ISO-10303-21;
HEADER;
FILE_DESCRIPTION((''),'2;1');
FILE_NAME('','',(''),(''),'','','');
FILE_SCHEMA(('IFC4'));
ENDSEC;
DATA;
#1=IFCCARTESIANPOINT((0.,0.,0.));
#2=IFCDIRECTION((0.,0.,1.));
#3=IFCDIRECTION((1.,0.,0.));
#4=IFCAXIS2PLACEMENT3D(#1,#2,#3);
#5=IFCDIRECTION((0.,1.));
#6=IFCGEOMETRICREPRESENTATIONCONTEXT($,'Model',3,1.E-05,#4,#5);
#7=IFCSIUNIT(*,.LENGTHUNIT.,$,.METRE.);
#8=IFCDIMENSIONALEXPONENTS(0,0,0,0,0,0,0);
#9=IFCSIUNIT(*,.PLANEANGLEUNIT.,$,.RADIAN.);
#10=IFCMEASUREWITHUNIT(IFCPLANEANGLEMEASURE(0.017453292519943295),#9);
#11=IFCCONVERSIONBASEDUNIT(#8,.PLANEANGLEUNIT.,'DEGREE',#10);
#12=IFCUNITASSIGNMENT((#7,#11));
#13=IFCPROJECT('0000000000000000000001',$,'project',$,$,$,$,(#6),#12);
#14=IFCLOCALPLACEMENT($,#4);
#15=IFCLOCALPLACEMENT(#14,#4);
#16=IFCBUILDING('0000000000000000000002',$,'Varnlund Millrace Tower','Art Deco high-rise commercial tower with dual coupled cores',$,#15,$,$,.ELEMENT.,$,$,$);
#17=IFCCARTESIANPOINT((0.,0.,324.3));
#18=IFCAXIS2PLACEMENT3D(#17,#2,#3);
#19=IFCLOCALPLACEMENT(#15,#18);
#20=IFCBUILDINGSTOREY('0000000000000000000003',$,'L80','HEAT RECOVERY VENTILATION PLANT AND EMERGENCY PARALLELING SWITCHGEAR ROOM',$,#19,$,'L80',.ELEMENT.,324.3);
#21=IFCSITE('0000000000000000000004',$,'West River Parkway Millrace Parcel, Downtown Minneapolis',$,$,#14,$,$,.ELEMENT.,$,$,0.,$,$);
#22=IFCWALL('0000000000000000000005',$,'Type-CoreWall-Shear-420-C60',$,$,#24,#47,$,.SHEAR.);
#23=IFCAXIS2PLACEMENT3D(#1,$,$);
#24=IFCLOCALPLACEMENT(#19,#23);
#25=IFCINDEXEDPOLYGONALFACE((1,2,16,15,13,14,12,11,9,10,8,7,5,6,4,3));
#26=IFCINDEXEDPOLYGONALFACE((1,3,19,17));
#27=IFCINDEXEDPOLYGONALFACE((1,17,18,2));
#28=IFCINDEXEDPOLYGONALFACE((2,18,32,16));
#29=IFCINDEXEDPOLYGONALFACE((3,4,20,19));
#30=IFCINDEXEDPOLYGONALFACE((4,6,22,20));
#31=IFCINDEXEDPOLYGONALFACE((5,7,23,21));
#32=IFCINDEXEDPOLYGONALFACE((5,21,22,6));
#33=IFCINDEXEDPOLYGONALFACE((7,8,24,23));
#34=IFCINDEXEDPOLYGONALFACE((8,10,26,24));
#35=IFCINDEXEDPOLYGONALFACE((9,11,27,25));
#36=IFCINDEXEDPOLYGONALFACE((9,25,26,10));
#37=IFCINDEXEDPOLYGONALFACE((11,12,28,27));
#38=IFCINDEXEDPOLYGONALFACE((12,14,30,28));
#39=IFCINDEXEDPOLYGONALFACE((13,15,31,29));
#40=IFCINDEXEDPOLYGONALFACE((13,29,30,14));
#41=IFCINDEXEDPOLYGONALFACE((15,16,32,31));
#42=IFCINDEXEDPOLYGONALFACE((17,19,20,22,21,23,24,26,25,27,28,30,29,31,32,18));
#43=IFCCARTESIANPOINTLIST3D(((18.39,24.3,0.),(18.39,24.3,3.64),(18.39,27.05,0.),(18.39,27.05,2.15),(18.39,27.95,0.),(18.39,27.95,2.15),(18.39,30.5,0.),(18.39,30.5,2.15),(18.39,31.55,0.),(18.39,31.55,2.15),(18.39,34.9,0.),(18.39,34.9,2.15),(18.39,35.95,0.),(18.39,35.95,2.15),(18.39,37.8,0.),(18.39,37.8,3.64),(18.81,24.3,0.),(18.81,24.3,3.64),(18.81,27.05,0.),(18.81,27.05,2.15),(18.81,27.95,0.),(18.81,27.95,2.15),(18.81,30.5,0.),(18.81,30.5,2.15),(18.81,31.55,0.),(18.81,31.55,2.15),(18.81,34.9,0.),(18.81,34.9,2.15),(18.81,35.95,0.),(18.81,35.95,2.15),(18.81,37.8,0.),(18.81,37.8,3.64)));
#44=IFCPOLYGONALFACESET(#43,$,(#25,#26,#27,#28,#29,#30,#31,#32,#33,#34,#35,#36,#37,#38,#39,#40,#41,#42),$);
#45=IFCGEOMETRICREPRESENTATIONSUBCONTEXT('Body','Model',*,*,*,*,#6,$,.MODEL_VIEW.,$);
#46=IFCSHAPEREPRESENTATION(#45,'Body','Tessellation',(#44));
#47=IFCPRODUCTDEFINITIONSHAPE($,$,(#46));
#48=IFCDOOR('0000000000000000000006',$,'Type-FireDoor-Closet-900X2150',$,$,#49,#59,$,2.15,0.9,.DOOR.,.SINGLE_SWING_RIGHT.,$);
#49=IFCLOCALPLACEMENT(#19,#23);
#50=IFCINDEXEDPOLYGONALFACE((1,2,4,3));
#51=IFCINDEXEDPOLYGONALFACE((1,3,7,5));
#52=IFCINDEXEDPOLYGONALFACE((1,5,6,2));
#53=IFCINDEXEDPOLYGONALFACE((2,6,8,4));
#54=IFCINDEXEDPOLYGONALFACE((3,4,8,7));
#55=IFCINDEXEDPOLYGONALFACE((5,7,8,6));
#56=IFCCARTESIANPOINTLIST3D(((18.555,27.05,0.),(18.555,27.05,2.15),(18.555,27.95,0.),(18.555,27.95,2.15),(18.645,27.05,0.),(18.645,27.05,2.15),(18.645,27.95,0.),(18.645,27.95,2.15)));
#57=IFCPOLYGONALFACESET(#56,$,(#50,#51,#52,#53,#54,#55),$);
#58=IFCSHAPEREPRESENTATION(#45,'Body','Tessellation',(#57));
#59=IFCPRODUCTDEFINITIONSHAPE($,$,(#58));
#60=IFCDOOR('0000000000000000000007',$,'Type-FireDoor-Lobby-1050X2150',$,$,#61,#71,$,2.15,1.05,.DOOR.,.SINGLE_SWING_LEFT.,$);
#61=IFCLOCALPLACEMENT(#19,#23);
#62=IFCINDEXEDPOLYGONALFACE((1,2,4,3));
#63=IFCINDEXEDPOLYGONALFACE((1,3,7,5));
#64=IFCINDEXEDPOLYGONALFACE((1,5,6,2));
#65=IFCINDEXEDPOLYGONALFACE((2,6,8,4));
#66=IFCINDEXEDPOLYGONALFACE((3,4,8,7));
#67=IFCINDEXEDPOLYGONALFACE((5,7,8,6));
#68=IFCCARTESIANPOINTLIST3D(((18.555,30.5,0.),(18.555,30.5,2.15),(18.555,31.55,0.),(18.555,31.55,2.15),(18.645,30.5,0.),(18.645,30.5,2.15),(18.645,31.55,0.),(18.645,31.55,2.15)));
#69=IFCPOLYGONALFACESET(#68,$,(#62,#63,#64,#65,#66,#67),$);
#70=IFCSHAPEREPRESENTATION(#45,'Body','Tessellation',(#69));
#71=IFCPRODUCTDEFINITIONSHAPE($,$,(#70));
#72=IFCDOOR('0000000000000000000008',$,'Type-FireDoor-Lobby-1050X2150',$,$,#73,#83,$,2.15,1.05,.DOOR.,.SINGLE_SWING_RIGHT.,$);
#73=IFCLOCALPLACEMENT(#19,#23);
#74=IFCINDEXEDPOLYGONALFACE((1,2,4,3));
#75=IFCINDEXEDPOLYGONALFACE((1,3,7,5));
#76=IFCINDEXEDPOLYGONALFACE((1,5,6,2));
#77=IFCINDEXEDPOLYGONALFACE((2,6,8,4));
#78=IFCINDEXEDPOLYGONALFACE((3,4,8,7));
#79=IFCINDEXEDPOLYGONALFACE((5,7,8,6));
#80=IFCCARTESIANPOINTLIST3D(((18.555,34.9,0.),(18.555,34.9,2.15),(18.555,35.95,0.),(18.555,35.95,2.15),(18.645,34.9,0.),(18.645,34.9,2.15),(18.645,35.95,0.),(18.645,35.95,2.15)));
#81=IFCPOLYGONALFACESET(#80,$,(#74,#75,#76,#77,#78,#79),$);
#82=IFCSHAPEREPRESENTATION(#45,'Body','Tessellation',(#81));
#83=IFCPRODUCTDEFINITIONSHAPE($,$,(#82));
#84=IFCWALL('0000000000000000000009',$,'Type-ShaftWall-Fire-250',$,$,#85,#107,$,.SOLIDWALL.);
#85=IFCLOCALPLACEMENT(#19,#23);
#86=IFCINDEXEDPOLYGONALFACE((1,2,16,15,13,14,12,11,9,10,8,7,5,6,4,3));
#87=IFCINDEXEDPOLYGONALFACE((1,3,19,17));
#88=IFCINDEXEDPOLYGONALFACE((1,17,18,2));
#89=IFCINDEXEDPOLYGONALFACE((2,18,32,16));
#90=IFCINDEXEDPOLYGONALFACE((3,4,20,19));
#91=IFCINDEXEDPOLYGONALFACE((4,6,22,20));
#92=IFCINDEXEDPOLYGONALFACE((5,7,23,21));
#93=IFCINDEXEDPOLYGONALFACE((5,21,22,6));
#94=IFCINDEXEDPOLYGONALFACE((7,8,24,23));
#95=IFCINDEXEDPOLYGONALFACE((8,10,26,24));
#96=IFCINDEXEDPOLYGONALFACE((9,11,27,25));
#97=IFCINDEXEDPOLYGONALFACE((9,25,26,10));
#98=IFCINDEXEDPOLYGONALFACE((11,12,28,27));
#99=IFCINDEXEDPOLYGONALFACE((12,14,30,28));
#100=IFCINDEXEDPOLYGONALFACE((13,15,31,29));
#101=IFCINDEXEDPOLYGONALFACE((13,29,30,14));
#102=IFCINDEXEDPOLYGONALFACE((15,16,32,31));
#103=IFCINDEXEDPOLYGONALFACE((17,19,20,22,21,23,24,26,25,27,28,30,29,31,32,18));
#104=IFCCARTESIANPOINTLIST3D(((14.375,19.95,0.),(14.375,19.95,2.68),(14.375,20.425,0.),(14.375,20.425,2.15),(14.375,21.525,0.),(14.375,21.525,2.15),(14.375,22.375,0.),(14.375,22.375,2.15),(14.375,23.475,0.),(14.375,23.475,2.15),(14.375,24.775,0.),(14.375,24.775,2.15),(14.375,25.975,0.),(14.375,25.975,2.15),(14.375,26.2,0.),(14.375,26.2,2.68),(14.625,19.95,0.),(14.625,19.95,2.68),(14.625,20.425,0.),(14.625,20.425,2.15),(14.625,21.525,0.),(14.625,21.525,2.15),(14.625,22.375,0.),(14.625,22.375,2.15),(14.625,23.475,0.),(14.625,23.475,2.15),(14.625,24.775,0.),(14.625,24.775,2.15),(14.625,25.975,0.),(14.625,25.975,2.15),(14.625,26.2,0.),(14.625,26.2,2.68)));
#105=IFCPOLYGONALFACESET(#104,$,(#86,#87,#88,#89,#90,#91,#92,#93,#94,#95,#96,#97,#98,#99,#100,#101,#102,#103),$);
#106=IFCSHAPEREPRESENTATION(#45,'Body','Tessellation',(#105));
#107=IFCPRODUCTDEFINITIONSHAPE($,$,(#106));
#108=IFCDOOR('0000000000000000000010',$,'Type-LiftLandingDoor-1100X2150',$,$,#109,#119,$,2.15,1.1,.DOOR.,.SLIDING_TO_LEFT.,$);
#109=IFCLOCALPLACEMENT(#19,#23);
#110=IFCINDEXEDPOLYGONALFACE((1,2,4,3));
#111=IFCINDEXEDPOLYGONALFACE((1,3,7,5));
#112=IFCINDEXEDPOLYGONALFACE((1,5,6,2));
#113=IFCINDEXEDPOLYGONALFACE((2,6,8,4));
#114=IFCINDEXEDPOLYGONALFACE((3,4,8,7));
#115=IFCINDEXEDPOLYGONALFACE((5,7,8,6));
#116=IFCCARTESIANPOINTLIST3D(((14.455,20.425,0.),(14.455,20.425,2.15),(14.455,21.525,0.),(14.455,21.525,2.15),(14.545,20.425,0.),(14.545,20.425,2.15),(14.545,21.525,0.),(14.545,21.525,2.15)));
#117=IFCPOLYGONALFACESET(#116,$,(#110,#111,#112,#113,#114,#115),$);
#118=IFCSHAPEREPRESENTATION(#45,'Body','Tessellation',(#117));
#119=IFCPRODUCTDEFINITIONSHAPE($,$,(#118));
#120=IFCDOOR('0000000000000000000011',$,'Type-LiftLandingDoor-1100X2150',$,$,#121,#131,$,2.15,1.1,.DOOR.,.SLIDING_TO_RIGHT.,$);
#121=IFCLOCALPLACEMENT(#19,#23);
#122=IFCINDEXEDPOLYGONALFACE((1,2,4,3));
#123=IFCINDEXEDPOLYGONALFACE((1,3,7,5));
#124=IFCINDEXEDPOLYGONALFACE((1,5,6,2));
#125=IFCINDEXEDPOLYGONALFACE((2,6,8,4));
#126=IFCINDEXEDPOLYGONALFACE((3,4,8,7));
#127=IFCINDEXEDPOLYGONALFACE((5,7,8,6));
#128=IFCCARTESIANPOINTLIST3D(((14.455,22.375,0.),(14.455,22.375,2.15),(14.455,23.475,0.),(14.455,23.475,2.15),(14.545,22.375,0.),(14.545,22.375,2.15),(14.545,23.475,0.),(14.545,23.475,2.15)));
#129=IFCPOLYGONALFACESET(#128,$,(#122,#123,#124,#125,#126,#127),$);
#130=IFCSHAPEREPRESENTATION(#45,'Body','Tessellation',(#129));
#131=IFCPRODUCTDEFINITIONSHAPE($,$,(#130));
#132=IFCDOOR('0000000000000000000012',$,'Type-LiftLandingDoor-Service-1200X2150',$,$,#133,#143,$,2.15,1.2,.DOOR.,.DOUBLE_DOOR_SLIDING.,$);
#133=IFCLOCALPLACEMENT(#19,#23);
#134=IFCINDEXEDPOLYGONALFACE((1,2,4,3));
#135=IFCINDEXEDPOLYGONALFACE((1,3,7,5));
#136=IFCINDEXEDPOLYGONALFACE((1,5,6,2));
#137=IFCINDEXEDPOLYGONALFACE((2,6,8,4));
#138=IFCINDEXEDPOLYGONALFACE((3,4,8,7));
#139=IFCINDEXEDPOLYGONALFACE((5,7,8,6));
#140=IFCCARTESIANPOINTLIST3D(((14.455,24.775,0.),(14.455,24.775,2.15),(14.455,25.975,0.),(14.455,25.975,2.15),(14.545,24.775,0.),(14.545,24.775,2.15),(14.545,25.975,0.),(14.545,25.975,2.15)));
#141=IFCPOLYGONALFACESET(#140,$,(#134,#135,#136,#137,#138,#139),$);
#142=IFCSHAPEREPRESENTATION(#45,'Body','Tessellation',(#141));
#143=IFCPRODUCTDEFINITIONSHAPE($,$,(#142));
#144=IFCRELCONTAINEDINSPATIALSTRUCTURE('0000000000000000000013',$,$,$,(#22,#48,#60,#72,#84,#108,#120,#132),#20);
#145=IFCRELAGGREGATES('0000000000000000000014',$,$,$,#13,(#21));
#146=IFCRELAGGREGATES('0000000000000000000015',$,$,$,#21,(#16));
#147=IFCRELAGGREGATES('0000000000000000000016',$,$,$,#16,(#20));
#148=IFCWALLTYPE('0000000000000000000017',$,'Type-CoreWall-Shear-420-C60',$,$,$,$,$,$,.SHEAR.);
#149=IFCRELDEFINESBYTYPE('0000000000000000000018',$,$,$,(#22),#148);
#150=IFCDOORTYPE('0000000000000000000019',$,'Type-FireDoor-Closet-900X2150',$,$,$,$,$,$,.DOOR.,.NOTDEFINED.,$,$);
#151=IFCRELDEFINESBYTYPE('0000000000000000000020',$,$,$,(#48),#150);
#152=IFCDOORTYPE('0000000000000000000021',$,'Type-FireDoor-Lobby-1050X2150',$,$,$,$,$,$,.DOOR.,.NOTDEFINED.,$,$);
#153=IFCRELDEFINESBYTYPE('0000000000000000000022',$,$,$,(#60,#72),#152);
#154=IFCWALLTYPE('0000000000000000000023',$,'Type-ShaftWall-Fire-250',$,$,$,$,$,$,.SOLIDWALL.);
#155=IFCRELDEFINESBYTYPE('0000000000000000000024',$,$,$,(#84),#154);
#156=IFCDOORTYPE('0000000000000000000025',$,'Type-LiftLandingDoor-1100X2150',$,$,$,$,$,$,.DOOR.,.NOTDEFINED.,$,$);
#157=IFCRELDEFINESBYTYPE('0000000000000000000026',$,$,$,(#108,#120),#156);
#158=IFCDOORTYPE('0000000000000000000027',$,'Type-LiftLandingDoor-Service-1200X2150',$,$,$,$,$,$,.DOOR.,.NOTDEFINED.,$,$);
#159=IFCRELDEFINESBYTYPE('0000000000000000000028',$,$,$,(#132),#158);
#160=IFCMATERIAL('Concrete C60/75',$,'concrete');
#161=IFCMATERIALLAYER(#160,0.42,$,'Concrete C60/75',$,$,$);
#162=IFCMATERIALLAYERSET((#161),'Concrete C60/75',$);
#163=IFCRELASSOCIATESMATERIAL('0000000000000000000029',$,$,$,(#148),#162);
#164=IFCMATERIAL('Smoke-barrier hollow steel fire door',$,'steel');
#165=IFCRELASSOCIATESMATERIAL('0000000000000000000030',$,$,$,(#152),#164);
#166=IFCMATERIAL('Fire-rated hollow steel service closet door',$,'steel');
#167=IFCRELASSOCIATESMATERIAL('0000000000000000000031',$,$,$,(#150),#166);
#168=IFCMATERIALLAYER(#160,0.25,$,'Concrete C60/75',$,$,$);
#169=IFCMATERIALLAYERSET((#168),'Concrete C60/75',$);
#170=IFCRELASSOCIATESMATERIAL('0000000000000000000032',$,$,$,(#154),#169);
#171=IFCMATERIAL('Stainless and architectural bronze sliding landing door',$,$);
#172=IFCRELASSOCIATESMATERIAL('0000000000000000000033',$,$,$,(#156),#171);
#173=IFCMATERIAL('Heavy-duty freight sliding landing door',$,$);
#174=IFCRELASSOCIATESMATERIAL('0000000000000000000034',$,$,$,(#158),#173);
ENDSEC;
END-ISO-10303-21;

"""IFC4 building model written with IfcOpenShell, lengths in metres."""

from ifc_helpers import new_model, entity, si_unit, converted_unit, direction, frame, origin_with_axes, origin_2d_with_axis, place, context, subcontext, project, spatial, polyline, rectangle, outline, extrude, material, layer, layer_set, type_object, element, fill, save


model = new_model("IFC4")

# Units and contexts
model_context = context("Model", 3, precision=1e-05, world=origin_with_axes(), true_north=direction((0.0, 1.0)))
body_context = subcontext(model_context, "Body", "Model", "MODEL_VIEW")
ifc_project = project(units=[si_unit("LENGTHUNIT", "METRE"), converted_unit("PLANEANGLEUNIT", "DEGREE", entity("IfcPlaneAngleMeasure", 0.017453292519943295), si_unit("PLANEANGLEUNIT", "RADIAN"), dimensions=[0, 0, 0, 0, 0, 0, 0])], contexts=[model_context])

# Site, building, storey
site_placement = place(None, origin_with_axes())
site = spatial("IfcSite", under=ifc_project, at=site_placement, Name="West River Parkway Millrace Parcel, Downtown Minneapolis", CompositionType="ELEMENT", RefElevation=0.0)
building_placement = place(site_placement, origin_with_axes())
building = spatial("IfcBuilding", under=site, at=building_placement, Name="Varnlund Millrace Tower", Description="Art Deco high-rise commercial tower with dual coupled cores", CompositionType="ELEMENT")
storey_placement = place(building_placement, frame((0.0, 0.0, 324.3), z_axis=(0.0, 0.0, 1.0), x_axis=(1.0, 0.0, 0.0)))
storey = spatial("IfcBuildingStorey", under=building, at=storey_placement, Name="L80", Description="HEAT RECOVERY VENTILATION PLANT AND EMERGENCY PARALLELING SWITCHGEAR ROOM", LongName="L80", CompositionType="ELEMENT", Elevation=324.3)

# Shared definitions
ifc_material_1 = material(Name="Concrete C60/75", Category="concrete")

# Shared definitions
ifc_layer_1 = layer(ifc_material_1, 0.42, Name="Concrete C60/75")
ifc_layer_set_1 = layer_set([ifc_layer_1], Name="Concrete C60/75")
wall_type_1 = type_object("IfcWallType", Name="Type-CoreWall-Shear-420-C60", PredefinedType="SHEAR", material=ifc_layer_set_1)

# Walls, openings, doors
ifc_material_2 = material(Name="Smoke-barrier hollow steel fire door", Category="steel")
door_type_1 = type_object("IfcDoorType", Name="Type-FireDoor-Lobby-1050X2150", OperationType="NOTDEFINED", PredefinedType="DOOR", material=ifc_material_2)
wall_1_placement = place(storey_placement, frame((18.6, 24.3, 0.0), z_axis=(0.0, 0.0, 1.0), x_axis=(0.0, 1.0, 0.0)))
wall_1 = element("IfcWall", 1, at=wall_1_placement, inside=storey, type_object=wall_type_1, Name="Type-CoreWall-Shear-420-C60", PredefinedType="SHEAR", context=body_context, shape_type="SweptSolid", body=[
    extrude(outline(polyline([(0.0, -0.21), (13.5, -0.21), (13.5, 0.21), (0.0, 0.21), (0.0, -0.21)])), origin_with_axes(), (0.0, 0.0, 1.0), 3.64),
])
opening_1_placement = place(wall_1_placement, frame((3.2, 0.0, 0.0), z_axis=(0.0, 0.0, 1.0), x_axis=(1.0, 0.0, 0.0)))
opening_1 = element("IfcOpeningElement", 2, at=opening_1_placement, cuts=wall_1, PredefinedType="OPENING", context=body_context, shape_type="SweptSolid", body=[
    extrude(rectangle(XDim=0.9, YDim=0.44, at=origin_2d_with_axis()), origin_with_axes(), (0.0, 0.0, 1.0), 2.15),
])
opening_2_placement = place(wall_1_placement, frame((6.725, 0.0, 0.0), z_axis=(0.0, 0.0, 1.0), x_axis=(1.0, 0.0, 0.0)))
opening_2 = element("IfcOpeningElement", 3, at=opening_2_placement, cuts=wall_1, PredefinedType="OPENING", context=body_context, shape_type="SweptSolid", body=[
    extrude(rectangle(XDim=1.05, YDim=0.44, at=origin_2d_with_axis()), origin_with_axes(), (0.0, 0.0, 1.0), 2.15),
])
opening_3_placement = place(wall_1_placement, frame((11.125, 0.0, 0.0), z_axis=(0.0, 0.0, 1.0), x_axis=(1.0, 0.0, 0.0)))
opening_3 = element("IfcOpeningElement", 4, at=opening_3_placement, cuts=wall_1, PredefinedType="OPENING", context=body_context, shape_type="SweptSolid", body=[
    extrude(rectangle(XDim=1.05, YDim=0.44, at=origin_2d_with_axis()), origin_with_axes(), (0.0, 0.0, 1.0), 2.15),
])
ifc_material_3 = material(Name="Fire-rated hollow steel service closet door", Category="steel")
door_type_2 = type_object("IfcDoorType", Name="Type-FireDoor-Closet-900X2150", OperationType="NOTDEFINED", PredefinedType="DOOR", material=ifc_material_3)
door_1_placement = place(wall_1_placement, frame((3.2, 0.0, 0.0), z_axis=(0.0, 0.0, 1.0), x_axis=(1.0, 0.0, 0.0)))
door_1 = element("IfcDoor", 5, at=door_1_placement, inside=storey, type_object=door_type_2, Name="Type-FireDoor-Closet-900X2150", OperationType="SINGLE_SWING_RIGHT", OverallHeight=2.15, OverallWidth=0.9, PredefinedType="DOOR", context=body_context, shape_type="SweptSolid", body=[
    extrude(rectangle(XDim=0.9, YDim=0.09, at=origin_2d_with_axis()), origin_with_axes(), (0.0, 0.0, 1.0), 2.15),
])
fill(opening_1, door_1)
door_2_placement = place(wall_1_placement, frame((6.725, 0.0, 0.0), z_axis=(0.0, 0.0, 1.0), x_axis=(1.0, 0.0, 0.0)))
door_2 = element("IfcDoor", 6, at=door_2_placement, inside=storey, type_object=door_type_1, Name="Type-FireDoor-Lobby-1050X2150", OperationType="SINGLE_SWING_LEFT", OverallHeight=2.15, OverallWidth=1.05, PredefinedType="DOOR", context=body_context, shape_type="SweptSolid", body=[
    extrude(rectangle(XDim=1.05, YDim=0.09, at=origin_2d_with_axis()), origin_with_axes(), (0.0, 0.0, 1.0), 2.15),
])
fill(opening_2, door_2)
door_3_placement = place(wall_1_placement, frame((11.125, 0.0, 0.0), z_axis=(0.0, 0.0, 1.0), x_axis=(1.0, 0.0, 0.0)))
door_3 = element("IfcDoor", 7, at=door_3_placement, inside=storey, type_object=door_type_1, Name="Type-FireDoor-Lobby-1050X2150", OperationType="SINGLE_SWING_RIGHT", OverallHeight=2.15, OverallWidth=1.05, PredefinedType="DOOR", context=body_context, shape_type="SweptSolid", body=[
    extrude(rectangle(XDim=1.05, YDim=0.09, at=origin_2d_with_axis()), origin_with_axes(), (0.0, 0.0, 1.0), 2.15),
])
fill(opening_3, door_3)
ifc_layer_2 = layer(ifc_material_1, 0.25, Name="Concrete C60/75")
ifc_layer_set_2 = layer_set([ifc_layer_2], Name="Concrete C60/75")
wall_type_2 = type_object("IfcWallType", Name="Type-ShaftWall-Fire-250", PredefinedType="SOLIDWALL", material=ifc_layer_set_2)
wall_2_placement = place(storey_placement, frame((14.5, 19.95, 0.0), z_axis=(0.0, 0.0, 1.0), x_axis=(0.0, 1.0, 0.0)))
wall_2 = element("IfcWall", 8, at=wall_2_placement, inside=storey, type_object=wall_type_2, Name="Type-ShaftWall-Fire-250", PredefinedType="SOLIDWALL", context=body_context, shape_type="SweptSolid", body=[
    extrude(outline(polyline([(0.0, -0.125), (6.25, -0.125), (6.25, 0.125), (0.0, 0.125), (0.0, -0.125)])), origin_with_axes(), (0.0, 0.0, 1.0), 2.68),
])
opening_4_placement = place(wall_2_placement, frame((1.025, 0.0, 0.0), z_axis=(0.0, 0.0, 1.0), x_axis=(1.0, 0.0, 0.0)))
opening_4 = element("IfcOpeningElement", 9, at=opening_4_placement, cuts=wall_2, PredefinedType="OPENING", context=body_context, shape_type="SweptSolid", body=[
    extrude(rectangle(XDim=1.1, YDim=0.27, at=origin_2d_with_axis()), origin_with_axes(), (0.0, 0.0, 1.0), 2.15),
])
opening_5_placement = place(wall_2_placement, frame((2.975, 0.0, 0.0), z_axis=(0.0, 0.0, 1.0), x_axis=(1.0, 0.0, 0.0)))
opening_5 = element("IfcOpeningElement", 10, at=opening_5_placement, cuts=wall_2, PredefinedType="OPENING", context=body_context, shape_type="SweptSolid", body=[
    extrude(rectangle(XDim=1.1, YDim=0.27, at=origin_2d_with_axis()), origin_with_axes(), (0.0, 0.0, 1.0), 2.15),
])
opening_6_placement = place(wall_2_placement, frame((5.425, 0.0, 0.0), z_axis=(0.0, 0.0, 1.0), x_axis=(1.0, 0.0, 0.0)))
opening_6 = element("IfcOpeningElement", 11, at=opening_6_placement, cuts=wall_2, PredefinedType="OPENING", context=body_context, shape_type="SweptSolid", body=[
    extrude(rectangle(XDim=1.2, YDim=0.27, at=origin_2d_with_axis()), origin_with_axes(), (0.0, 0.0, 1.0), 2.15),
])
ifc_material_4 = material(Name="Stainless and architectural bronze sliding landing door")
door_type_3 = type_object("IfcDoorType", Name="Type-LiftLandingDoor-1100X2150", OperationType="NOTDEFINED", PredefinedType="DOOR", material=ifc_material_4)
door_4_placement = place(wall_2_placement, frame((1.025, 0.0, 0.0), z_axis=(0.0, 0.0, 1.0), x_axis=(1.0, 0.0, 0.0)))
door_4 = element("IfcDoor", 12, at=door_4_placement, inside=storey, type_object=door_type_3, Name="Type-LiftLandingDoor-1100X2150", OperationType="SLIDING_TO_LEFT", OverallHeight=2.15, OverallWidth=1.1, PredefinedType="DOOR", context=body_context, shape_type="SweptSolid", body=[
    extrude(rectangle(XDim=1.1, YDim=0.09, at=origin_2d_with_axis()), origin_with_axes(), (0.0, 0.0, 1.0), 2.15),
])
fill(opening_4, door_4)
door_5_placement = place(wall_2_placement, frame((2.975, 0.0, 0.0), z_axis=(0.0, 0.0, 1.0), x_axis=(1.0, 0.0, 0.0)))
door_5 = element("IfcDoor", 13, at=door_5_placement, inside=storey, type_object=door_type_3, Name="Type-LiftLandingDoor-1100X2150", OperationType="SLIDING_TO_RIGHT", OverallHeight=2.15, OverallWidth=1.1, PredefinedType="DOOR", context=body_context, shape_type="SweptSolid", body=[
    extrude(rectangle(XDim=1.1, YDim=0.09, at=origin_2d_with_axis()), origin_with_axes(), (0.0, 0.0, 1.0), 2.15),
])
fill(opening_5, door_5)
ifc_material_5 = material(Name="Heavy-duty freight sliding landing door")
door_type_4 = type_object("IfcDoorType", Name="Type-LiftLandingDoor-Service-1200X2150", OperationType="NOTDEFINED", PredefinedType="DOOR", material=ifc_material_5)
door_6_placement = place(wall_2_placement, frame((5.425, 0.0, 0.0), z_axis=(0.0, 0.0, 1.0), x_axis=(1.0, 0.0, 0.0)))
door_6 = element("IfcDoor", 14, at=door_6_placement, inside=storey, type_object=door_type_4, Name="Type-LiftLandingDoor-Service-1200X2150", OperationType="DOUBLE_DOOR_SLIDING", OverallHeight=2.15, OverallWidth=1.2, PredefinedType="DOOR", context=body_context, shape_type="SweptSolid", body=[
    extrude(rectangle(XDim=1.2, YDim=0.09, at=origin_2d_with_axis()), origin_with_axes(), (0.0, 0.0, 1.0), 2.15),
])
fill(opening_6, door_6)

save(model, "model.ifc")
